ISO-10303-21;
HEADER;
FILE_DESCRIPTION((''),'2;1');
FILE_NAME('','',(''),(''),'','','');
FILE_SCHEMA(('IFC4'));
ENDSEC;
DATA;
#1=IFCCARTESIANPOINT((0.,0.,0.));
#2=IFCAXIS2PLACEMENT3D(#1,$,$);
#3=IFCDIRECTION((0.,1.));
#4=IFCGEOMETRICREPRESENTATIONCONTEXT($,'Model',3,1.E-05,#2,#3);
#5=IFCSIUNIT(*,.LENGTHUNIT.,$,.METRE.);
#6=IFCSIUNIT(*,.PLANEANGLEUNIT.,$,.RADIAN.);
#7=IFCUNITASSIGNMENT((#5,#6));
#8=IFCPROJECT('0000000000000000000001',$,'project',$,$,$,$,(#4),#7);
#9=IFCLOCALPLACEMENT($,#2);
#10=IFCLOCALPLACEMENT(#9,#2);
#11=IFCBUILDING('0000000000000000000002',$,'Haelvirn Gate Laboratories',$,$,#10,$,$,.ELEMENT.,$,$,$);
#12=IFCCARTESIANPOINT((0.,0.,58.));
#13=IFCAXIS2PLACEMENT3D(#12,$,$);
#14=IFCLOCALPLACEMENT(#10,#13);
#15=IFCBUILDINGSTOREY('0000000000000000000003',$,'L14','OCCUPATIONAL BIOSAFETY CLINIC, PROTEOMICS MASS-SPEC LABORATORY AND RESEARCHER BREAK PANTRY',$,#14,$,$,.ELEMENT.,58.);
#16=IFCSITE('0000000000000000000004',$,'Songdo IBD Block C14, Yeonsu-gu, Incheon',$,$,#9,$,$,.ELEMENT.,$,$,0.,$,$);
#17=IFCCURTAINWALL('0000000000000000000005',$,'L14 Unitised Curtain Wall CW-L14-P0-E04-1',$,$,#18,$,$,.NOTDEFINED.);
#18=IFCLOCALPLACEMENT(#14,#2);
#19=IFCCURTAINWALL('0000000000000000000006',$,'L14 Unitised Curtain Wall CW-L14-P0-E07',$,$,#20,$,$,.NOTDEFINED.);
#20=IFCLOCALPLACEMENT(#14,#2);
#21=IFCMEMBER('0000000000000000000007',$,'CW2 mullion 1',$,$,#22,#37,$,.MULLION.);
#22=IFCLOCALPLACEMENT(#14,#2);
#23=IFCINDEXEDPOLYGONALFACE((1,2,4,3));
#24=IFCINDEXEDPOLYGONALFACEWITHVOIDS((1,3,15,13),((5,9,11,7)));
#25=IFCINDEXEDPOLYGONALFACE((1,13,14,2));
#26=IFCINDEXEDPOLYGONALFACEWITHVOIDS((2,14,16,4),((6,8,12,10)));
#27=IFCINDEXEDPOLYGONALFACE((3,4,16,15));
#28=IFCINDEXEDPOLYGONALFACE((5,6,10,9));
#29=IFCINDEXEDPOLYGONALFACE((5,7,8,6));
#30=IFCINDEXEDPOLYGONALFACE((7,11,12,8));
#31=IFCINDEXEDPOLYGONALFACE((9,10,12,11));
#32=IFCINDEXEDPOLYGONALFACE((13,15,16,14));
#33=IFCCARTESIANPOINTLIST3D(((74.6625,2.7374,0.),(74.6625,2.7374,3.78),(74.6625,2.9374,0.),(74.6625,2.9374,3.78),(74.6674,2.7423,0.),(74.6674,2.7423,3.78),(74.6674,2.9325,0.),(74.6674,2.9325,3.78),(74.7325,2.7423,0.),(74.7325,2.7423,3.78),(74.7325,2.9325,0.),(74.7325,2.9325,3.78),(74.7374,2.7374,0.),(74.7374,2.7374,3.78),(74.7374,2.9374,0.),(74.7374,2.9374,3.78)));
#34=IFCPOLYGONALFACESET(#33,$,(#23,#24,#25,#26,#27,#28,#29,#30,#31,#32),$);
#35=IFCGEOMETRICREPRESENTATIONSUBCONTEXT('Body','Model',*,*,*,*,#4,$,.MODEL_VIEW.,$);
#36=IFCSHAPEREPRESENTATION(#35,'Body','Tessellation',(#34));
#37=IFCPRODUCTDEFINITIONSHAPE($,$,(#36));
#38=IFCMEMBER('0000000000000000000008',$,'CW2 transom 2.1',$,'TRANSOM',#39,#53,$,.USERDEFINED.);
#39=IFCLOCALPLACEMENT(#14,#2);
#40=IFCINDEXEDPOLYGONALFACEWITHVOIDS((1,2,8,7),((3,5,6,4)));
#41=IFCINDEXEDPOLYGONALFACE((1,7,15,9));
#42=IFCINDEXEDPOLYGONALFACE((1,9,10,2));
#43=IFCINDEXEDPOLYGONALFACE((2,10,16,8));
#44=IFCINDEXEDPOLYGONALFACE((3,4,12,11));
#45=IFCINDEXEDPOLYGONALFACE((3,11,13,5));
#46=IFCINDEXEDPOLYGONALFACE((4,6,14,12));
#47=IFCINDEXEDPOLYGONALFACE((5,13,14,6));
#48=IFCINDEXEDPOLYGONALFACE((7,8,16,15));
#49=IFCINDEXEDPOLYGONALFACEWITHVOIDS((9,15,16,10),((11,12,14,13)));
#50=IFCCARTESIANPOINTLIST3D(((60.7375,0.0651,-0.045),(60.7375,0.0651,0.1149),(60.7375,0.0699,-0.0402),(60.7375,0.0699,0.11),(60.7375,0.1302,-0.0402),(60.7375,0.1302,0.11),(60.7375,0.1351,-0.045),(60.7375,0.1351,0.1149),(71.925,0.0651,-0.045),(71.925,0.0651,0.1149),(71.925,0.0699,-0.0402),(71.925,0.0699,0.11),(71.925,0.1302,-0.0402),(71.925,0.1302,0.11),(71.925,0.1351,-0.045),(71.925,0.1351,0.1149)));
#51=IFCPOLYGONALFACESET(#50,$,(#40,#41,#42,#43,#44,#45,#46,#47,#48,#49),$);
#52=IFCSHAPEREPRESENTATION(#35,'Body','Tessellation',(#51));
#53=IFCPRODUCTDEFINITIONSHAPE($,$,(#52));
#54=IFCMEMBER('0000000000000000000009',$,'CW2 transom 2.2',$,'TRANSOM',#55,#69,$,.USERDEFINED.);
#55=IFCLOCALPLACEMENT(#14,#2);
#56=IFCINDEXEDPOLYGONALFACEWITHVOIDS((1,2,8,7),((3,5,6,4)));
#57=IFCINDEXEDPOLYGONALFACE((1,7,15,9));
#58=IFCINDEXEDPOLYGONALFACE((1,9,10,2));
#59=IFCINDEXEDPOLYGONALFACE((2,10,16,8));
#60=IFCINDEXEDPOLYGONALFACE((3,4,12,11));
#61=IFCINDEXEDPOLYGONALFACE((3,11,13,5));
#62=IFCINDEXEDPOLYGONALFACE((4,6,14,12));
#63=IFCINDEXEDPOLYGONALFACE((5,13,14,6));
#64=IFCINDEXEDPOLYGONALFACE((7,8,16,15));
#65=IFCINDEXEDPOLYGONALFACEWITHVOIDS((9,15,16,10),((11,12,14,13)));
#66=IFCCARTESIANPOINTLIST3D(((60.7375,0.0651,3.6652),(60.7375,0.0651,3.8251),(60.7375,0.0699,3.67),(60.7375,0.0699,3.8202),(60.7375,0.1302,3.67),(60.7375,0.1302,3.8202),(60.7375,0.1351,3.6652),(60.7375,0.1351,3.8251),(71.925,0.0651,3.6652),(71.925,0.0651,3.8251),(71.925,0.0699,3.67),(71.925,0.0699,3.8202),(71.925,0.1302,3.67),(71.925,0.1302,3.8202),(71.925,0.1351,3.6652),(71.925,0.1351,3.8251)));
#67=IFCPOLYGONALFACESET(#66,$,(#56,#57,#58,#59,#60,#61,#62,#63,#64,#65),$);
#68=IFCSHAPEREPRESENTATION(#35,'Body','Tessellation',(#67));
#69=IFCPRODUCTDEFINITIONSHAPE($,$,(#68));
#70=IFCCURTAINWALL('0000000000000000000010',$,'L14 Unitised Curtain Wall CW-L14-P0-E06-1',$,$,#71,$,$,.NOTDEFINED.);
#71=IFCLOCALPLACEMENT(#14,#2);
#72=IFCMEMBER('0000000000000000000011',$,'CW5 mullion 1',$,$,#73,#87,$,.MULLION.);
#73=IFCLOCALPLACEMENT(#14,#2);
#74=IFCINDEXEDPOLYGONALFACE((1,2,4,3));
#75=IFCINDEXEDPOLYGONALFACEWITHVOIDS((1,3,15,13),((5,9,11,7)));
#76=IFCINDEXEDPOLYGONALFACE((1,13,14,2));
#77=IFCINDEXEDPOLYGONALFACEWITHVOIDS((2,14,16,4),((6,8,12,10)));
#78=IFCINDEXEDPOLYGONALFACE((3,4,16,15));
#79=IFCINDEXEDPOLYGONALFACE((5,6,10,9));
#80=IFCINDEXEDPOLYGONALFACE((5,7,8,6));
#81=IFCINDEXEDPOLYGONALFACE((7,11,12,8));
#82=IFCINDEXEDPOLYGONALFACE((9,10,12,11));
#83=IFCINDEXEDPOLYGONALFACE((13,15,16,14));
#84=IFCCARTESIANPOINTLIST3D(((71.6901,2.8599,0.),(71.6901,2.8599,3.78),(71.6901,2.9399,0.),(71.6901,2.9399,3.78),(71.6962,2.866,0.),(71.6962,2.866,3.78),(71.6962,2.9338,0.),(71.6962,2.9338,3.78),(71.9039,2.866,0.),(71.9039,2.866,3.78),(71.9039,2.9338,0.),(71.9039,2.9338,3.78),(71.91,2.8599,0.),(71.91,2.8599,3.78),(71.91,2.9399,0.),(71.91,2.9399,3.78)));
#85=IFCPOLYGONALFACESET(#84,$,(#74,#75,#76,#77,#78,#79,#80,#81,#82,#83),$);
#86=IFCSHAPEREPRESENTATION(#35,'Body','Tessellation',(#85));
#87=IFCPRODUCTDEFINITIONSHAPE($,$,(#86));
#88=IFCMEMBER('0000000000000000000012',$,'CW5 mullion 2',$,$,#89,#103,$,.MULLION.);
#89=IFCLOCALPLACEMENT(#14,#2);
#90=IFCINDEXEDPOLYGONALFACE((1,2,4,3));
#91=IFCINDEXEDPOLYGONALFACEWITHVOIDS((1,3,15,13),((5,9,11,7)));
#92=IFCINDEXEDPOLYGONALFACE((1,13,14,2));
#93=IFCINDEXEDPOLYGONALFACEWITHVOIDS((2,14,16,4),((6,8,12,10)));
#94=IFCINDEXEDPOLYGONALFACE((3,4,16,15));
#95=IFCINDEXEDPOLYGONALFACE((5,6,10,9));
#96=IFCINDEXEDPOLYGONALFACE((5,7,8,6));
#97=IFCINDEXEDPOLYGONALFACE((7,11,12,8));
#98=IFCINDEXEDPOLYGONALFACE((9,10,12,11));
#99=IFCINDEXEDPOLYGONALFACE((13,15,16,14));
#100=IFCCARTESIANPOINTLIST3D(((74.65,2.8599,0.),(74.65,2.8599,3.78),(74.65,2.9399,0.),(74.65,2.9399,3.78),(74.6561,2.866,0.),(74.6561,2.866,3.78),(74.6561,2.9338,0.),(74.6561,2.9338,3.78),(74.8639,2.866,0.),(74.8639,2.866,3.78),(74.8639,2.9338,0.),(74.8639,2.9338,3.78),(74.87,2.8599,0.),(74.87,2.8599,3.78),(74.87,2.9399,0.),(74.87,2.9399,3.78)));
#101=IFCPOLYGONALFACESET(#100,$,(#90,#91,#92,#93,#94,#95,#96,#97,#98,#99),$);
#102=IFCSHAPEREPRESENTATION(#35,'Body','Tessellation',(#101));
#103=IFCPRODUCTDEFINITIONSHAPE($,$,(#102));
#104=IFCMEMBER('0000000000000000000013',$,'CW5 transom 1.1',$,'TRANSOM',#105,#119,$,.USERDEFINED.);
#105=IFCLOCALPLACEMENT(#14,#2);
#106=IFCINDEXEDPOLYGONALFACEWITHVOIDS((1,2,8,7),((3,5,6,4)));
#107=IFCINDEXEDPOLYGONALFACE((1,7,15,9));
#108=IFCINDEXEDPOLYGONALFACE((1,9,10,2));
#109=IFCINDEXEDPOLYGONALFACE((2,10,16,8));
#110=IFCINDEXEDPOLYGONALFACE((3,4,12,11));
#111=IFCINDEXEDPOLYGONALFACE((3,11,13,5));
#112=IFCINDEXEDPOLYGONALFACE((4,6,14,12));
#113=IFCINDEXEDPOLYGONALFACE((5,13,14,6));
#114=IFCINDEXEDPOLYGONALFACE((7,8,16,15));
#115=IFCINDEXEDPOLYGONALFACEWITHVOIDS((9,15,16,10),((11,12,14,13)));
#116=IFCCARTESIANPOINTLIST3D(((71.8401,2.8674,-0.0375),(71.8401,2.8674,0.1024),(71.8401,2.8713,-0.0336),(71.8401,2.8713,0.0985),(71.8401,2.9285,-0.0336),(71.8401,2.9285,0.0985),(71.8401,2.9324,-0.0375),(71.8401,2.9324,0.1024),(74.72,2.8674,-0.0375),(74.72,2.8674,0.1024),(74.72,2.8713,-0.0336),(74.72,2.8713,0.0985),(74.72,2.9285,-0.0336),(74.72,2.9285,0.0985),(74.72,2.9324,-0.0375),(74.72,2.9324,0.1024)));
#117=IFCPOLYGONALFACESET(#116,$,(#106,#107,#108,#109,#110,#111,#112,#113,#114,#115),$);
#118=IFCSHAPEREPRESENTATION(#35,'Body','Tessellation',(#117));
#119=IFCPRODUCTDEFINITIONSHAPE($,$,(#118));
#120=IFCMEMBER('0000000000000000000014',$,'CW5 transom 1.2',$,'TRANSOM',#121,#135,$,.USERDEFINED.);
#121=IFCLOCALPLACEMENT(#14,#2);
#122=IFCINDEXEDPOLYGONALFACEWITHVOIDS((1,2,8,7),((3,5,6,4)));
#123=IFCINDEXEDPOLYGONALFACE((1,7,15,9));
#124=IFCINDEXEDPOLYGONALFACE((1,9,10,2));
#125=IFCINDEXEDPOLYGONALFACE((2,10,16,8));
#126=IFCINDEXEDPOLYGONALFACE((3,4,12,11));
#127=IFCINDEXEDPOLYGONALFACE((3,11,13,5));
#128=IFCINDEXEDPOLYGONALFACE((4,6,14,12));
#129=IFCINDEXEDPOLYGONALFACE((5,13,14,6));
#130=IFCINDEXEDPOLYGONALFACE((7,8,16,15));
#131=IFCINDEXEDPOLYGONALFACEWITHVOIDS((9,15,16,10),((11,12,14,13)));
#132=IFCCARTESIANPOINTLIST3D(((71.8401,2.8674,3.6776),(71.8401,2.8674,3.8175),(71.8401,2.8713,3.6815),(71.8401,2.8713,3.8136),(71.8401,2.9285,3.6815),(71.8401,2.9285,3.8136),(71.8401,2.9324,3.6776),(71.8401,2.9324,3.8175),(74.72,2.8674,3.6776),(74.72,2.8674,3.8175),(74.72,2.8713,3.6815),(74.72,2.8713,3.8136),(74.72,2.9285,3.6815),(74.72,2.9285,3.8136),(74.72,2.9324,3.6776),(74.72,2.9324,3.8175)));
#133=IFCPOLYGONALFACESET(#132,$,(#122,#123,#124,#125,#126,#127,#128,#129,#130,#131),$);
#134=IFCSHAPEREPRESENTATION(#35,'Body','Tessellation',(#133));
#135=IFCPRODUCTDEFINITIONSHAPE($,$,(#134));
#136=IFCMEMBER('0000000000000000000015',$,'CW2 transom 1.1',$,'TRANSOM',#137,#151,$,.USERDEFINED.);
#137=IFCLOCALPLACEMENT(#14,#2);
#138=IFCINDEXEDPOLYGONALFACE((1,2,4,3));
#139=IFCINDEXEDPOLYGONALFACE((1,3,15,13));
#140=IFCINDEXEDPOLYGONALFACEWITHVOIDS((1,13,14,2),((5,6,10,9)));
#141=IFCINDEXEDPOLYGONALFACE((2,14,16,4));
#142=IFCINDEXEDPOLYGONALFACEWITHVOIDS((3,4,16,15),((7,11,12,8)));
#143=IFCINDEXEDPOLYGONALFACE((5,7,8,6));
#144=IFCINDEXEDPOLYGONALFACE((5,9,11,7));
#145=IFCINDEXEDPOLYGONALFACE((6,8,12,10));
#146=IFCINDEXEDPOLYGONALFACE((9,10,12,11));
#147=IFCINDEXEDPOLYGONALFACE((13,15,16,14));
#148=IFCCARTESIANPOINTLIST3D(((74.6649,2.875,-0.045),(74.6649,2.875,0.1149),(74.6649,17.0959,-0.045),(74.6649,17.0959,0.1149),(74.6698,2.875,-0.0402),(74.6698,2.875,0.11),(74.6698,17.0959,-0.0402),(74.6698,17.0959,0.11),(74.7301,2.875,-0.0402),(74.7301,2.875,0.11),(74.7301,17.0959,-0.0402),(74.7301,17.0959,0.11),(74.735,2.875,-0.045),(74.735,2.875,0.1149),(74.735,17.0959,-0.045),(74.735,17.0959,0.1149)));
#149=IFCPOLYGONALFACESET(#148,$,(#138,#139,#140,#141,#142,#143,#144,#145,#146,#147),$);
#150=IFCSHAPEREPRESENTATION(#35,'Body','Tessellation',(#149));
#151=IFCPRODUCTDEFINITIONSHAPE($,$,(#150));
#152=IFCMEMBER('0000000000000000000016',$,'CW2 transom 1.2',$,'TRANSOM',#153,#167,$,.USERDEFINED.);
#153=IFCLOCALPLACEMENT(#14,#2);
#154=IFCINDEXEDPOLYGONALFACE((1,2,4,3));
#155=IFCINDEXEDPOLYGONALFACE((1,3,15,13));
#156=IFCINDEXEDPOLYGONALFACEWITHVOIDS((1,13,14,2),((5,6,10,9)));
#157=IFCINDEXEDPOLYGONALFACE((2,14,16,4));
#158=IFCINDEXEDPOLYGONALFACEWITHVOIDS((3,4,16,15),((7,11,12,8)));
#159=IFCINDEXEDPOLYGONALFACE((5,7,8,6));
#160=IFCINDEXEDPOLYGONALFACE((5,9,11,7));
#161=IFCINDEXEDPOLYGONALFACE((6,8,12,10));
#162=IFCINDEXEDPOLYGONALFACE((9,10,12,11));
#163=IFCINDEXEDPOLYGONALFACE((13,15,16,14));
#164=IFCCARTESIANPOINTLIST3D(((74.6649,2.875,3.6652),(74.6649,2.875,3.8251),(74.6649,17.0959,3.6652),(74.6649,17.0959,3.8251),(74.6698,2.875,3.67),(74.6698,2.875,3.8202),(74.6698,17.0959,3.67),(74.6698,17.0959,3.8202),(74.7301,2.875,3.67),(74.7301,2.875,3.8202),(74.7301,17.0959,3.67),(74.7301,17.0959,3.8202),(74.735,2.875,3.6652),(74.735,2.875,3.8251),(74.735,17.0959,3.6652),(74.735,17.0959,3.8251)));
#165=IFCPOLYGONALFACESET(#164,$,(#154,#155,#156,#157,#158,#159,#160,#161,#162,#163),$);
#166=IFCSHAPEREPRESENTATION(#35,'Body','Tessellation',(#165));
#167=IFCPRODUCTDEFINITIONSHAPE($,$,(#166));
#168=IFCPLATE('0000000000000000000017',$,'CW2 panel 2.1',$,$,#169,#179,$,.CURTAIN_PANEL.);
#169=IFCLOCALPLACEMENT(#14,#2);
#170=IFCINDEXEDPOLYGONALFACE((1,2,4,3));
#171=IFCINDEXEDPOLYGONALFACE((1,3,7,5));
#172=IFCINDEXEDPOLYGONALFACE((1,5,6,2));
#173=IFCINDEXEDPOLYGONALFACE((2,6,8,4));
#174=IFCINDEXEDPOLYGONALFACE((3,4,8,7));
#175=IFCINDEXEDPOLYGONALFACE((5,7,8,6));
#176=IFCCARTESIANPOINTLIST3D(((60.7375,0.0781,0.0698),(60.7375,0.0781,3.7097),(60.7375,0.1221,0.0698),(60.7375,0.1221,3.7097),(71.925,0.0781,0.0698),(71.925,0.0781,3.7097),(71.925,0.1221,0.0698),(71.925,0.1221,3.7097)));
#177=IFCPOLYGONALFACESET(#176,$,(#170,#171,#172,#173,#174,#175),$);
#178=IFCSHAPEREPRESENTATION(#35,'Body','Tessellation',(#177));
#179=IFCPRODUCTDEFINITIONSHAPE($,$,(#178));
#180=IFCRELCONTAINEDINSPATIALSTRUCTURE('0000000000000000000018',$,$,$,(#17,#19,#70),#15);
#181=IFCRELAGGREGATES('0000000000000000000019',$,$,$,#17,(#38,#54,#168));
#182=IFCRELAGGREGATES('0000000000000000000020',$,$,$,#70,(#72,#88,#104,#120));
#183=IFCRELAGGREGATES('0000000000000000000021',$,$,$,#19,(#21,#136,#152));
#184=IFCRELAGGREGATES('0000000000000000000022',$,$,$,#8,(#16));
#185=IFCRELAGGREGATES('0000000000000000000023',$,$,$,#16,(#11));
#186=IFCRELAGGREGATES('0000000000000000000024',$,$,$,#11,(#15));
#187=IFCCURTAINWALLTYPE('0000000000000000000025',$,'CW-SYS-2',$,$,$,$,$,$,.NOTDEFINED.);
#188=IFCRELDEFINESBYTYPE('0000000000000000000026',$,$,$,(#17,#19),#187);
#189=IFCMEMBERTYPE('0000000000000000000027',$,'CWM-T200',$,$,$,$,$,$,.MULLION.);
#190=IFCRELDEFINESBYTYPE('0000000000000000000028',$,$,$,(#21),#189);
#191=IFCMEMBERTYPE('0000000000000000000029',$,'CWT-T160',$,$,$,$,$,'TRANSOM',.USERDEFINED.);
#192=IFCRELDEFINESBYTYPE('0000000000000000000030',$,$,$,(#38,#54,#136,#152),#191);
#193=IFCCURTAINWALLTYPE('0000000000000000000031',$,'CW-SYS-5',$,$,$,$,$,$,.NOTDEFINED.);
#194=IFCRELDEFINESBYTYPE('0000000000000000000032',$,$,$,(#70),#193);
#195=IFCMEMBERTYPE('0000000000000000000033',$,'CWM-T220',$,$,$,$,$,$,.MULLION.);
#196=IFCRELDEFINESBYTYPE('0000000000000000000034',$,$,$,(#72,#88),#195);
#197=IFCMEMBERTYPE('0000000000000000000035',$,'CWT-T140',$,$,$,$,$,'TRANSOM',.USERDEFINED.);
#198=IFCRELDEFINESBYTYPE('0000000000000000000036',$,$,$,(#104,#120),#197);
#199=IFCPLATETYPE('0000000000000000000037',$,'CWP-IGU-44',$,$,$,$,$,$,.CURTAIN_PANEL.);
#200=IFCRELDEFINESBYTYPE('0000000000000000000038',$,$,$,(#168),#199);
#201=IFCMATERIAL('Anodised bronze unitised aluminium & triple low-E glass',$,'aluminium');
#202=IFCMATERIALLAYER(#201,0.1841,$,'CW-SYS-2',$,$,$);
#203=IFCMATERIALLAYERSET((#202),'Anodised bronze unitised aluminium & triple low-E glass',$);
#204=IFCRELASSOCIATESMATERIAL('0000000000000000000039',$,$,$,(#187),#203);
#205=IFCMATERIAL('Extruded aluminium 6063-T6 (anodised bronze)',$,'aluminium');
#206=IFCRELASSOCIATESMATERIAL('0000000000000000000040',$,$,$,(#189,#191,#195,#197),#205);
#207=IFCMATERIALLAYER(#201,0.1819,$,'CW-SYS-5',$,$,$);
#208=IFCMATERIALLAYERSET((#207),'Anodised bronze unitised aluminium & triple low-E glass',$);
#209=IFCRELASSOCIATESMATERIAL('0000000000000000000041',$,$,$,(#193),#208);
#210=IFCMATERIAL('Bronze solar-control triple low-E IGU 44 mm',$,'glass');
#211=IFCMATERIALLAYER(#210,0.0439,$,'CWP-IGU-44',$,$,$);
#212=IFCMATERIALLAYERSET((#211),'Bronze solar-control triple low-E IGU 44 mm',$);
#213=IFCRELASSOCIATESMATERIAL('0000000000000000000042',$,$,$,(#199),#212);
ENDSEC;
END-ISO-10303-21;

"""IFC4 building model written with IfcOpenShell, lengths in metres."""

from ifc_helpers import new_model, si_unit, direction, frame, origin, origin_2d, place, context, subcontext, project, spatial, rectangle, hollow_rectangle, extrude, source, transform, mapped, material, layer, layer_set, material_profile, profile_set, type_object, type_shapes, element, aggregate, save


model = new_model("IFC4")

# Units and contexts
model_context = context("Model", 3, precision=1e-05, world=origin(), true_north=direction((0.0, 1.0)))
body_context = subcontext(model_context, "Body", "Model", "MODEL_VIEW")
ifc_project = project(units=[si_unit("LENGTHUNIT", "METRE"), si_unit("PLANEANGLEUNIT", "RADIAN")], contexts=[model_context])

# Site, building, storey
site_placement = place(None, origin())
site = spatial("IfcSite", under=ifc_project, at=site_placement, Name="Songdo IBD Block C14, Yeonsu-gu, Incheon", CompositionType="ELEMENT", RefElevation=0.0)
building_placement = place(site_placement, origin())
building = spatial("IfcBuilding", under=site, at=building_placement, Name="Haelvirn Gate Laboratories", CompositionType="ELEMENT")
storey_placement = place(building_placement, frame((0.0, 0.0, 58.0)))
storey = spatial("IfcBuildingStorey", under=building, at=storey_placement, Name="L14", Description="OCCUPATIONAL BIOSAFETY CLINIC, PROTEOMICS MASS-SPEC LABORATORY AND RESEARCHER BREAK PANTRY", CompositionType="ELEMENT", Elevation=58.0)

# Curtain wall
ifc_material_1 = material(Name="Anodised bronze unitised aluminium & triple low-E glass", Category="aluminium")
ifc_layer_1 = layer(ifc_material_1, 0.1841, Name="CW-SYS-2")
ifc_layer_set_1 = layer_set([ifc_layer_1], Name="Anodised bronze unitised aluminium & triple low-E glass")
curtain_wall_type_1 = type_object("IfcCurtainWallType", Name="CW-SYS-2", PredefinedType="NOTDEFINED", material=ifc_layer_set_1)
curtain_wall_1_placement = place(storey_placement, origin())
curtain_wall_1 = element("IfcCurtainWall", 1, at=curtain_wall_1_placement, inside=storey, type_object=curtain_wall_type_1, Name="L14 Unitised Curtain Wall CW-L14-P0-E04-1", PredefinedType="NOTDEFINED")
ifc_material_2 = material(Name="Extruded aluminium 6063-T6 (anodised bronze)", Category="aluminium")
ifc_material_profile_1 = material_profile(ifc_material_2, hollow_rectangle(XDim=0.075, YDim=0.2, WallThickness=0.0049, at=origin_2d()), Name="CWM-200x75x5")
ifc_profile_set_1 = profile_set([ifc_material_profile_1], Name="Extruded aluminium 6063-T6 (anodised bronze)")
member_type_1 = type_object("IfcMemberType", Name="CWM-T200", PredefinedType="MULLION", material=ifc_profile_set_1)
shared_shape_1 = source(origin(), body_context, "Body", "SweptSolid", [
    extrude(hollow_rectangle(XDim=0.075, YDim=0.2, WallThickness=0.0049, at=origin_2d()), origin(), (0.0, 0.0, 1.0), 3.78),
])
type_shapes(member_type_1, [shared_shape_1])

# Curtain wall, member
curtain_wall_2_placement = place(storey_placement, origin())
curtain_wall_2 = element("IfcCurtainWall", 2, at=curtain_wall_2_placement, inside=storey, type_object=curtain_wall_type_1, Name="L14 Unitised Curtain Wall CW-L14-P0-E07", PredefinedType="NOTDEFINED")
member_1_placement = place(storey_placement, frame((74.7, 2.8374, 0.0), z_axis=(0.0, 0.0, 1.0), x_axis=(-1.0, 0.0, 0.0)))
member_1 = element("IfcMember", 3, at=member_1_placement, type_object=member_type_1, Name="CW2 mullion 1", PredefinedType="MULLION", context=body_context, shape_type="MappedRepresentation", body=[
    mapped(shared_shape_1, transform((0.0, 0.0, 0.0), scale=1.0)),
])

# Members
ifc_material_profile_2 = material_profile(ifc_material_2, hollow_rectangle(XDim=0.0701, YDim=0.1599, WallThickness=0.0049, at=origin_2d()), Name="CWT-160x70x5")
ifc_profile_set_2 = profile_set([ifc_material_profile_2], Name="Extruded aluminium 6063-T6 (anodised bronze)")
member_type_2 = type_object("IfcMemberType", Name="CWT-T160", ElementType="TRANSOM", PredefinedType="USERDEFINED", material=ifc_profile_set_2)
shared_shape_2 = source(origin(), body_context, "Body", "SweptSolid", [
    extrude(hollow_rectangle(XDim=0.0701, YDim=0.1599, WallThickness=0.0049, at=origin_2d()), origin(), (0.0, 0.0, 1.0), 11.1875),
])
member_2_placement = place(storey_placement, frame((60.7375, 0.1001, 0.0349), z_axis=(1.0, 0.0, 0.0), x_axis=(0.0, 1.0, 0.0)))
member_2 = element("IfcMember", 4, at=member_2_placement, type_object=member_type_2, Name="CW2 transom 2.1", ObjectType="TRANSOM", PredefinedType="USERDEFINED", context=body_context, shape_type="MappedRepresentation", body=[
    mapped(shared_shape_2, transform((0.0, 0.0, 0.0), scale=1.0)),
])
member_3_placement = place(storey_placement, frame((60.7375, 0.1001, 3.7451), z_axis=(1.0, 0.0, 0.0), x_axis=(0.0, 1.0, 0.0)))
member_3 = element("IfcMember", 5, at=member_3_placement, type_object=member_type_2, Name="CW2 transom 2.2", ObjectType="TRANSOM", PredefinedType="USERDEFINED", context=body_context, shape_type="MappedRepresentation", body=[
    mapped(shared_shape_2, transform((0.0, 0.0, 0.0), scale=1.0)),
])

# Curtain wall, members
ifc_layer_2 = layer(ifc_material_1, 0.1819, Name="CW-SYS-5")
ifc_layer_set_2 = layer_set([ifc_layer_2], Name="Anodised bronze unitised aluminium & triple low-E glass")
curtain_wall_type_2 = type_object("IfcCurtainWallType", Name="CW-SYS-5", PredefinedType="NOTDEFINED", material=ifc_layer_set_2)
curtain_wall_3_placement = place(storey_placement, origin())
curtain_wall_3 = element("IfcCurtainWall", 6, at=curtain_wall_3_placement, inside=storey, type_object=curtain_wall_type_2, Name="L14 Unitised Curtain Wall CW-L14-P0-E06-1", PredefinedType="NOTDEFINED")
ifc_material_profile_3 = material_profile(ifc_material_2, hollow_rectangle(XDim=0.0801, YDim=0.22, WallThickness=0.0061, at=origin_2d()), Name="CWM-220x80x6")
ifc_profile_set_3 = profile_set([ifc_material_profile_3], Name="Extruded aluminium 6063-T6 (anodised bronze)")
member_type_3 = type_object("IfcMemberType", Name="CWM-T220", PredefinedType="MULLION", material=ifc_profile_set_3)
shared_shape_3 = source(origin(), body_context, "Body", "SweptSolid", [
    extrude(hollow_rectangle(XDim=0.0801, YDim=0.22, WallThickness=0.0061, at=origin_2d()), origin(), (0.0, 0.0, 1.0), 3.78),
])
type_shapes(member_type_3, [shared_shape_3])
member_4_placement = place(storey_placement, frame((71.8, 2.8999, 0.0), z_axis=(0.0, 0.0, 1.0), x_axis=(0.0, 1.0, 0.0)))
member_4 = element("IfcMember", 7, at=member_4_placement, type_object=member_type_3, Name="CW5 mullion 1", PredefinedType="MULLION", context=body_context, shape_type="MappedRepresentation", body=[
    mapped(shared_shape_3, transform((0.0, 0.0, 0.0), scale=1.0)),
])
member_5_placement = place(storey_placement, frame((74.76, 2.8999, 0.0), z_axis=(0.0, 0.0, 1.0), x_axis=(0.0, 1.0, 0.0)))
member_5 = element("IfcMember", 8, at=member_5_placement, type_object=member_type_3, Name="CW5 mullion 2", PredefinedType="MULLION", context=body_context, shape_type="MappedRepresentation", body=[
    mapped(shared_shape_3, transform((0.0, 0.0, 0.0), scale=1.0)),
])
ifc_material_profile_4 = material_profile(ifc_material_2, hollow_rectangle(XDim=0.0649, YDim=0.1399, WallThickness=0.0039, at=origin_2d()), Name="CWT-140x65x4")
ifc_profile_set_4 = profile_set([ifc_material_profile_4], Name="Extruded aluminium 6063-T6 (anodised bronze)")
member_type_4 = type_object("IfcMemberType", Name="CWT-T140", ElementType="TRANSOM", PredefinedType="USERDEFINED", material=ifc_profile_set_4)
shared_shape_4 = source(origin(), body_context, "Body", "SweptSolid", [
    extrude(hollow_rectangle(XDim=0.0649, YDim=0.1399, WallThickness=0.0039, at=origin_2d()), origin(), (0.0, 0.0, 1.0), 2.8799),
])
type_shapes(member_type_4, [shared_shape_4])
member_6_placement = place(storey_placement, frame((71.8401, 2.8999, 0.0325), z_axis=(1.0, 0.0, 0.0), x_axis=(0.0, 1.0, 0.0)))
member_6 = element("IfcMember", 9, at=member_6_placement, type_object=member_type_4, Name="CW5 transom 1.1", ObjectType="TRANSOM", PredefinedType="USERDEFINED", context=body_context, shape_type="MappedRepresentation", body=[
    mapped(shared_shape_4, transform((0.0, 0.0, 0.0), scale=1.0)),
])
member_7_placement = place(storey_placement, frame((71.8401, 2.8999, 3.7476), z_axis=(1.0, 0.0, 0.0), x_axis=(0.0, 1.0, 0.0)))
member_7 = element("IfcMember", 10, at=member_7_placement, type_object=member_type_4, Name="CW5 transom 1.2", ObjectType="TRANSOM", PredefinedType="USERDEFINED", context=body_context, shape_type="MappedRepresentation", body=[
    mapped(shared_shape_4, transform((0.0, 0.0, 0.0), scale=1.0)),
])

# Members
shared_shape_5 = source(origin(), body_context, "Body", "SweptSolid", [
    extrude(hollow_rectangle(XDim=0.0701, YDim=0.1599, WallThickness=0.0049, at=origin_2d()), origin(), (0.0, 0.0, 1.0), 14.2209),
])
type_shapes(member_type_2, [shared_shape_2, shared_shape_5])
member_8_placement = place(storey_placement, frame((74.7, 2.875, 0.0349), z_axis=(0.0, 1.0, 0.0), x_axis=(-1.0, 0.0, 0.0)))
member_8 = element("IfcMember", 11, at=member_8_placement, type_object=member_type_2, Name="CW2 transom 1.1", ObjectType="TRANSOM", PredefinedType="USERDEFINED", context=body_context, shape_type="MappedRepresentation", body=[
    mapped(shared_shape_5, transform((0.0, 0.0, 0.0), scale=1.0)),
])
member_9_placement = place(storey_placement, frame((74.7, 2.875, 3.7451), z_axis=(0.0, 1.0, 0.0), x_axis=(-1.0, 0.0, 0.0)))
member_9 = element("IfcMember", 12, at=member_9_placement, type_object=member_type_2, Name="CW2 transom 1.2", ObjectType="TRANSOM", PredefinedType="USERDEFINED", context=body_context, shape_type="MappedRepresentation", body=[
    mapped(shared_shape_5, transform((0.0, 0.0, 0.0), scale=1.0)),
])

# Plate
ifc_material_3 = material(Name="Bronze solar-control triple low-E IGU 44 mm", Category="glass")
ifc_layer_3 = layer(ifc_material_3, 0.0439, Name="CWP-IGU-44")
ifc_layer_set_3 = layer_set([ifc_layer_3], Name="Bronze solar-control triple low-E IGU 44 mm")
plate_type_1 = type_object("IfcPlateType", Name="CWP-IGU-44", PredefinedType="CURTAIN_PANEL", material=ifc_layer_set_3)
shared_shape_6 = source(origin(), body_context, "Body", "SweptSolid", [
    extrude(rectangle(XDim=11.1875, YDim=0.0439, at=origin_2d()), origin(), (0.0, 0.0, 1.0), 3.6399),
])
plate_1_placement = place(storey_placement, frame((66.3313, 0.1001, 0.0698), z_axis=(0.0, 0.0, 1.0), x_axis=(1.0, 0.0, 0.0)))
plate_1 = element("IfcPlate", 13, at=plate_1_placement, type_object=plate_type_1, Name="CW2 panel 2.1", PredefinedType="CURTAIN_PANEL", context=body_context, shape_type="MappedRepresentation", body=[
    mapped(shared_shape_6, transform((0.0, 0.0, 0.0), scale=1.0)),
])
aggregate(curtain_wall_1, [member_2, member_3, plate_1])
aggregate(curtain_wall_3, [member_4, member_5, member_6, member_7])
aggregate(curtain_wall_2, [member_1, member_8, member_9])

save(model, "model.ifc")
